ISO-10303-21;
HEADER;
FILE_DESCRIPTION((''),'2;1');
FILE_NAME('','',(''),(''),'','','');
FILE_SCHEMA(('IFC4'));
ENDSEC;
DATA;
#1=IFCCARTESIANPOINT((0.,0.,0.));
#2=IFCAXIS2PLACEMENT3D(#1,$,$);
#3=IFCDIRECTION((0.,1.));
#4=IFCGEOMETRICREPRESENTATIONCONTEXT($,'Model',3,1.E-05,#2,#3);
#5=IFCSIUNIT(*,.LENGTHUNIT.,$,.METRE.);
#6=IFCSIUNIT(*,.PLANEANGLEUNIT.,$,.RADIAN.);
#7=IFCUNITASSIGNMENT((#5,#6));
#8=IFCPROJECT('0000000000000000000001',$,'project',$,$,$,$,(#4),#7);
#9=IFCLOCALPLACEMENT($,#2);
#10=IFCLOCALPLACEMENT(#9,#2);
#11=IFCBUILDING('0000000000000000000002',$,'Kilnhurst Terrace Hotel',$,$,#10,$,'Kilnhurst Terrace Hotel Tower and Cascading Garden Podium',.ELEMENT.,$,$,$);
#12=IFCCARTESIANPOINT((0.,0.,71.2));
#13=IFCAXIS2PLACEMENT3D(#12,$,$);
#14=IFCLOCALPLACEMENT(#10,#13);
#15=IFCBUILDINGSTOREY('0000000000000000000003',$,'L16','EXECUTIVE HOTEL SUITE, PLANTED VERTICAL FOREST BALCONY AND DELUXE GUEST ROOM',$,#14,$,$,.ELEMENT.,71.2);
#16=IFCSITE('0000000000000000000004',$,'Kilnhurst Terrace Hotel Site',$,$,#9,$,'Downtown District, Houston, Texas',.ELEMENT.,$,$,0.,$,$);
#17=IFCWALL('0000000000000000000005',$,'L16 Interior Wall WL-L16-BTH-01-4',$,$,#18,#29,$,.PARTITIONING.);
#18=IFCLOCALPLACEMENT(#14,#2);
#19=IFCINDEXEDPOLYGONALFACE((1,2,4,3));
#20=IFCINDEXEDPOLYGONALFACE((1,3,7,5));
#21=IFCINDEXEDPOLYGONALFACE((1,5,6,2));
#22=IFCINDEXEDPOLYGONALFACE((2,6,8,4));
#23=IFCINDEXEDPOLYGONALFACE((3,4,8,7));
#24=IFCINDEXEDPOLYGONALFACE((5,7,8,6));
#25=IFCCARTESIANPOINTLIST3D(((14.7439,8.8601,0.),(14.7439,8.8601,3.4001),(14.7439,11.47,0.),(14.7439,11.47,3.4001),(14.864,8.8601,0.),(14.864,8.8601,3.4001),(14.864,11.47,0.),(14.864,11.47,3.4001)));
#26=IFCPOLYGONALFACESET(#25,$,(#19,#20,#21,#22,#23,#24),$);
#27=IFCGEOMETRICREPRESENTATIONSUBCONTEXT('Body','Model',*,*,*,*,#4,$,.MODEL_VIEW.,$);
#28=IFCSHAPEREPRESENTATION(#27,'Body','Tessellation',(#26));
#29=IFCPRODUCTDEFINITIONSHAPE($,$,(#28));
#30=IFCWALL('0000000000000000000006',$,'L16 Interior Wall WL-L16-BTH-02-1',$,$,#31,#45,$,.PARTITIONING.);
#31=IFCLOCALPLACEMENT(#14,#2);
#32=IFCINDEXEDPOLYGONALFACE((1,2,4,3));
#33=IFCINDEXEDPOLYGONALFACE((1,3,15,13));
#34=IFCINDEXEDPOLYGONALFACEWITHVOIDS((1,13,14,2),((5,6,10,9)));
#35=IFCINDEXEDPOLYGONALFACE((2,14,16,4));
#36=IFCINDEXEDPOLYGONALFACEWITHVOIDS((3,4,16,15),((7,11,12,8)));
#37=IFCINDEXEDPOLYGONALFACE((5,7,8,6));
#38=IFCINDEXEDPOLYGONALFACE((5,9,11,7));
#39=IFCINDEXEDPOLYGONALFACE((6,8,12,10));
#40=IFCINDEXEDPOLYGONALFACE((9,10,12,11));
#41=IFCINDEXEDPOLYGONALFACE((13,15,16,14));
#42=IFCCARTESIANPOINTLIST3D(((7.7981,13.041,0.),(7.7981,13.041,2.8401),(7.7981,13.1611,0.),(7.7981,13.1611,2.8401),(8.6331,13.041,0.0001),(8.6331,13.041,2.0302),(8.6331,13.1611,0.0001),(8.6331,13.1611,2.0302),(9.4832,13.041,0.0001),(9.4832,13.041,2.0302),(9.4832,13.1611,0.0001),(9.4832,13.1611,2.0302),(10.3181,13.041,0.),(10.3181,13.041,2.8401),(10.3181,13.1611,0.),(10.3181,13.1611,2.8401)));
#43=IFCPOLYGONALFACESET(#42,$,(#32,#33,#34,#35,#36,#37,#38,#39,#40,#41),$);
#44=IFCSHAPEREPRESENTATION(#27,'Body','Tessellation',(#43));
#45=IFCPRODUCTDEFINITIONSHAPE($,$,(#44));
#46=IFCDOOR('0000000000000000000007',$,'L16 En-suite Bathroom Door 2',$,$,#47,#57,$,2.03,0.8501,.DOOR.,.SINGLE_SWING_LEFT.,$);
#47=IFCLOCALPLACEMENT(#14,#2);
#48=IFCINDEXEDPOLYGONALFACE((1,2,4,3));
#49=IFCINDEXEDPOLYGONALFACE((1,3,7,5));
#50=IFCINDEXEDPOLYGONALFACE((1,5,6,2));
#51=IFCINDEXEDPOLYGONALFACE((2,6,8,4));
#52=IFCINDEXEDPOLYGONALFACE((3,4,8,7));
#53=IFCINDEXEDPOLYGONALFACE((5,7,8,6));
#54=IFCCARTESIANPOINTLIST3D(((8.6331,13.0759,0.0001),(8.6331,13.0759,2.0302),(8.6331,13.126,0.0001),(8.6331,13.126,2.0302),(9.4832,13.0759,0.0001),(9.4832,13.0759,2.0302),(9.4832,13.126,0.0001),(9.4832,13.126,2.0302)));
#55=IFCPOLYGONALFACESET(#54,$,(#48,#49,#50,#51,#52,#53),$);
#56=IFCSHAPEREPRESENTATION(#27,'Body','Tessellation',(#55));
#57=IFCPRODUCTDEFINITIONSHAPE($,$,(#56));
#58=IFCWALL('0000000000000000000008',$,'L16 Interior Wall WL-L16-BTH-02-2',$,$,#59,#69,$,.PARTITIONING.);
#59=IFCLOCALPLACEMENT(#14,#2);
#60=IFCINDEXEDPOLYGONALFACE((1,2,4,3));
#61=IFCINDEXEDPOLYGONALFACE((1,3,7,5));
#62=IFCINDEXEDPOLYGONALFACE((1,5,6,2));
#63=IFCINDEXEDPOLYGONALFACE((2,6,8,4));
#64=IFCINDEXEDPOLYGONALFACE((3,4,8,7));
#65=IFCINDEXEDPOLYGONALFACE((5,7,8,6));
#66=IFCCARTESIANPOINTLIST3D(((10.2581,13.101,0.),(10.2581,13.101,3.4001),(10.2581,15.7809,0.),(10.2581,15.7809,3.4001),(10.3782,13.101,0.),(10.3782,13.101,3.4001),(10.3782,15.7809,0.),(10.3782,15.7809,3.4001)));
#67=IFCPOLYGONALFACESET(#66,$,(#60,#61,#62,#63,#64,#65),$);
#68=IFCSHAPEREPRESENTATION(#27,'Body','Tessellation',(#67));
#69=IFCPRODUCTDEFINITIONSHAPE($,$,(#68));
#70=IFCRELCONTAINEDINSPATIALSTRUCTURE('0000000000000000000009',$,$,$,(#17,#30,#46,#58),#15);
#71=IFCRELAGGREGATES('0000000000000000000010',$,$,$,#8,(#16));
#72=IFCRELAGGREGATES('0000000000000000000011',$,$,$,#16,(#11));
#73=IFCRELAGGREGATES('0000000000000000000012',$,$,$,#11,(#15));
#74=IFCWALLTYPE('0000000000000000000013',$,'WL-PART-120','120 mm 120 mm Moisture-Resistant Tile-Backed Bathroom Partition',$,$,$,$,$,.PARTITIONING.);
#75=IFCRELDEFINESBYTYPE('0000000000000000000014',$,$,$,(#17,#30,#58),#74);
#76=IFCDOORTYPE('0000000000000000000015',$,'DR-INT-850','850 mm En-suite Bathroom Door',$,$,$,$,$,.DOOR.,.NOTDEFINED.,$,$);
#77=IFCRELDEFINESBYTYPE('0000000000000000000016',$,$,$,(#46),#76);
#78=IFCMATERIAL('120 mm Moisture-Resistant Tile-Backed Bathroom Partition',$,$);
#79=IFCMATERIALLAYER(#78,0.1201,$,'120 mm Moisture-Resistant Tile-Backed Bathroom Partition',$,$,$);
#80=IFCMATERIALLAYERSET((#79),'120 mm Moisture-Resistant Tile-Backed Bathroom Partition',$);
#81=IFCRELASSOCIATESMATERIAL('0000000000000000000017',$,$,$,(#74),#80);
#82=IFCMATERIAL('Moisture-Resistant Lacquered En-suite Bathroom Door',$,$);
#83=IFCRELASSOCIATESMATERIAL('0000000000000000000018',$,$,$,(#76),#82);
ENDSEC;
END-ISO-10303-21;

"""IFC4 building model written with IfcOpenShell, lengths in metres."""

from ifc_helpers import new_model, si_unit, direction, frame, frame_2d, origin, place, context, subcontext, project, spatial, rectangle, extrude, material, layer, layer_set, type_object, element, fill, save


model = new_model("IFC4")

# Units and contexts
model_context = context("Model", 3, precision=1e-05, world=origin(), true_north=direction((0.0, 1.0)))
body_context = subcontext(model_context, "Body", "Model", "MODEL_VIEW")
ifc_project = project(units=[si_unit("LENGTHUNIT", "METRE"), si_unit("PLANEANGLEUNIT", "RADIAN")], contexts=[model_context])

# Site, building, storey
site_placement = place(None, origin())
site = spatial("IfcSite", under=ifc_project, at=site_placement, Name="Kilnhurst Terrace Hotel Site", LongName="Downtown District, Houston, Texas", CompositionType="ELEMENT", RefElevation=0.0)
building_placement = place(site_placement, origin())
building = spatial("IfcBuilding", under=site, at=building_placement, Name="Kilnhurst Terrace Hotel", LongName="Kilnhurst Terrace Hotel Tower and Cascading Garden Podium", CompositionType="ELEMENT")
storey_placement = place(building_placement, frame((0.0, 0.0, 71.2)))
storey = spatial("IfcBuildingStorey", under=building, at=storey_placement, Name="L16", Description="EXECUTIVE HOTEL SUITE, PLANTED VERTICAL FOREST BALCONY AND DELUXE GUEST ROOM", CompositionType="ELEMENT", Elevation=71.2)

# Shared definitions
ifc_material_1 = material(Name="120 mm Moisture-Resistant Tile-Backed Bathroom Partition")
ifc_layer_1 = layer(ifc_material_1, 0.1201, Name="120 mm Moisture-Resistant Tile-Backed Bathroom Partition")
ifc_layer_set_1 = layer_set([ifc_layer_1], Name="120 mm Moisture-Resistant Tile-Backed Bathroom Partition")
wall_type_1 = type_object("IfcWallType", Name="WL-PART-120", Description="120 mm 120 mm Moisture-Resistant Tile-Backed Bathroom Partition", PredefinedType="PARTITIONING", material=ifc_layer_set_1)
ifc_material_2 = material(Name="Moisture-Resistant Lacquered En-suite Bathroom Door")
door_type_1 = type_object("IfcDoorType", Name="DR-INT-850", Description="850 mm En-suite Bathroom Door", OperationType="NOTDEFINED", PredefinedType="DOOR", material=ifc_material_2)

# Wall
wall_1_placement = place(storey_placement, frame((14.804, 11.47, 0.0), z_axis=(0.0, 0.0, 1.0), x_axis=(0.0, -1.0, 0.0)))
element("IfcWall", 1, at=wall_1_placement, inside=storey, type_object=wall_type_1, Name="L16 Interior Wall WL-L16-BTH-01-4", PredefinedType="PARTITIONING", context=body_context, shape_type="SweptSolid", body=[
    extrude(rectangle(XDim=2.6099, YDim=0.1201, at=frame_2d((1.3049, 0.0))), origin(), (0.0, 0.0, 1.0), 3.4001),
])

# Wall, opening, door
wall_2_placement = place(storey_placement, frame((7.7981, 13.1011, 0.0), z_axis=(0.0, 0.0, 1.0), x_axis=(1.0, 0.0, 0.0)))
wall_2 = element("IfcWall", 2, at=wall_2_placement, inside=storey, type_object=wall_type_1, Name="L16 Interior Wall WL-L16-BTH-02-1", PredefinedType="PARTITIONING", context=body_context, shape_type="SweptSolid", body=[
    extrude(rectangle(XDim=2.52, YDim=0.1201, at=frame_2d((1.26, 0.0))), origin(), (0.0, 0.0, 1.0), 2.8401),
])
opening_1_placement = place(wall_2_placement, frame((0.835, 0.0, 0.0)))
opening_1 = element("IfcOpeningElement", 3, at=opening_1_placement, cuts=wall_2, PredefinedType="OPENING", context=body_context, shape_type="SweptSolid", body=[
    extrude(rectangle(XDim=0.8501, YDim=2.03, at=frame_2d((0.425, 1.0151))), frame((0.0, 0.0701, 0.0), z_axis=(0.0, -1.0, 0.0), x_axis=(1.0, 0.0, 0.0)), (0.0, 0.0, 1.0), 0.1401),
])
door_1_placement = place(opening_1_placement, origin())
door_1 = element("IfcDoor", 4, at=door_1_placement, inside=storey, type_object=door_type_1, Name="L16 En-suite Bathroom Door 2", OperationType="SINGLE_SWING_LEFT", OverallHeight=2.03, OverallWidth=0.8501, PredefinedType="DOOR", context=body_context, shape_type="SweptSolid", body=[
    extrude(rectangle(XDim=0.8501, YDim=2.03, at=frame_2d((0.425, 1.0151))), frame((0.0, 0.0249, 0.0), z_axis=(0.0, -1.0, 0.0), x_axis=(1.0, 0.0, 0.0)), (0.0, 0.0, 1.0), 0.05),
])
fill(opening_1, door_1)

# Wall
wall_3_placement = place(storey_placement, frame((10.3181, 13.1011, 0.0), z_axis=(0.0, 0.0, 1.0), x_axis=(0.0, 1.0, 0.0)))
element("IfcWall", 5, at=wall_3_placement, inside=storey, type_object=wall_type_1, Name="L16 Interior Wall WL-L16-BTH-02-2", PredefinedType="PARTITIONING", context=body_context, shape_type="SweptSolid", body=[
    extrude(rectangle(XDim=2.6799, YDim=0.1201, at=frame_2d((1.3398, 0.0))), origin(), (0.0, 0.0, 1.0), 3.4001),
])

save(model, "model.ifc")
